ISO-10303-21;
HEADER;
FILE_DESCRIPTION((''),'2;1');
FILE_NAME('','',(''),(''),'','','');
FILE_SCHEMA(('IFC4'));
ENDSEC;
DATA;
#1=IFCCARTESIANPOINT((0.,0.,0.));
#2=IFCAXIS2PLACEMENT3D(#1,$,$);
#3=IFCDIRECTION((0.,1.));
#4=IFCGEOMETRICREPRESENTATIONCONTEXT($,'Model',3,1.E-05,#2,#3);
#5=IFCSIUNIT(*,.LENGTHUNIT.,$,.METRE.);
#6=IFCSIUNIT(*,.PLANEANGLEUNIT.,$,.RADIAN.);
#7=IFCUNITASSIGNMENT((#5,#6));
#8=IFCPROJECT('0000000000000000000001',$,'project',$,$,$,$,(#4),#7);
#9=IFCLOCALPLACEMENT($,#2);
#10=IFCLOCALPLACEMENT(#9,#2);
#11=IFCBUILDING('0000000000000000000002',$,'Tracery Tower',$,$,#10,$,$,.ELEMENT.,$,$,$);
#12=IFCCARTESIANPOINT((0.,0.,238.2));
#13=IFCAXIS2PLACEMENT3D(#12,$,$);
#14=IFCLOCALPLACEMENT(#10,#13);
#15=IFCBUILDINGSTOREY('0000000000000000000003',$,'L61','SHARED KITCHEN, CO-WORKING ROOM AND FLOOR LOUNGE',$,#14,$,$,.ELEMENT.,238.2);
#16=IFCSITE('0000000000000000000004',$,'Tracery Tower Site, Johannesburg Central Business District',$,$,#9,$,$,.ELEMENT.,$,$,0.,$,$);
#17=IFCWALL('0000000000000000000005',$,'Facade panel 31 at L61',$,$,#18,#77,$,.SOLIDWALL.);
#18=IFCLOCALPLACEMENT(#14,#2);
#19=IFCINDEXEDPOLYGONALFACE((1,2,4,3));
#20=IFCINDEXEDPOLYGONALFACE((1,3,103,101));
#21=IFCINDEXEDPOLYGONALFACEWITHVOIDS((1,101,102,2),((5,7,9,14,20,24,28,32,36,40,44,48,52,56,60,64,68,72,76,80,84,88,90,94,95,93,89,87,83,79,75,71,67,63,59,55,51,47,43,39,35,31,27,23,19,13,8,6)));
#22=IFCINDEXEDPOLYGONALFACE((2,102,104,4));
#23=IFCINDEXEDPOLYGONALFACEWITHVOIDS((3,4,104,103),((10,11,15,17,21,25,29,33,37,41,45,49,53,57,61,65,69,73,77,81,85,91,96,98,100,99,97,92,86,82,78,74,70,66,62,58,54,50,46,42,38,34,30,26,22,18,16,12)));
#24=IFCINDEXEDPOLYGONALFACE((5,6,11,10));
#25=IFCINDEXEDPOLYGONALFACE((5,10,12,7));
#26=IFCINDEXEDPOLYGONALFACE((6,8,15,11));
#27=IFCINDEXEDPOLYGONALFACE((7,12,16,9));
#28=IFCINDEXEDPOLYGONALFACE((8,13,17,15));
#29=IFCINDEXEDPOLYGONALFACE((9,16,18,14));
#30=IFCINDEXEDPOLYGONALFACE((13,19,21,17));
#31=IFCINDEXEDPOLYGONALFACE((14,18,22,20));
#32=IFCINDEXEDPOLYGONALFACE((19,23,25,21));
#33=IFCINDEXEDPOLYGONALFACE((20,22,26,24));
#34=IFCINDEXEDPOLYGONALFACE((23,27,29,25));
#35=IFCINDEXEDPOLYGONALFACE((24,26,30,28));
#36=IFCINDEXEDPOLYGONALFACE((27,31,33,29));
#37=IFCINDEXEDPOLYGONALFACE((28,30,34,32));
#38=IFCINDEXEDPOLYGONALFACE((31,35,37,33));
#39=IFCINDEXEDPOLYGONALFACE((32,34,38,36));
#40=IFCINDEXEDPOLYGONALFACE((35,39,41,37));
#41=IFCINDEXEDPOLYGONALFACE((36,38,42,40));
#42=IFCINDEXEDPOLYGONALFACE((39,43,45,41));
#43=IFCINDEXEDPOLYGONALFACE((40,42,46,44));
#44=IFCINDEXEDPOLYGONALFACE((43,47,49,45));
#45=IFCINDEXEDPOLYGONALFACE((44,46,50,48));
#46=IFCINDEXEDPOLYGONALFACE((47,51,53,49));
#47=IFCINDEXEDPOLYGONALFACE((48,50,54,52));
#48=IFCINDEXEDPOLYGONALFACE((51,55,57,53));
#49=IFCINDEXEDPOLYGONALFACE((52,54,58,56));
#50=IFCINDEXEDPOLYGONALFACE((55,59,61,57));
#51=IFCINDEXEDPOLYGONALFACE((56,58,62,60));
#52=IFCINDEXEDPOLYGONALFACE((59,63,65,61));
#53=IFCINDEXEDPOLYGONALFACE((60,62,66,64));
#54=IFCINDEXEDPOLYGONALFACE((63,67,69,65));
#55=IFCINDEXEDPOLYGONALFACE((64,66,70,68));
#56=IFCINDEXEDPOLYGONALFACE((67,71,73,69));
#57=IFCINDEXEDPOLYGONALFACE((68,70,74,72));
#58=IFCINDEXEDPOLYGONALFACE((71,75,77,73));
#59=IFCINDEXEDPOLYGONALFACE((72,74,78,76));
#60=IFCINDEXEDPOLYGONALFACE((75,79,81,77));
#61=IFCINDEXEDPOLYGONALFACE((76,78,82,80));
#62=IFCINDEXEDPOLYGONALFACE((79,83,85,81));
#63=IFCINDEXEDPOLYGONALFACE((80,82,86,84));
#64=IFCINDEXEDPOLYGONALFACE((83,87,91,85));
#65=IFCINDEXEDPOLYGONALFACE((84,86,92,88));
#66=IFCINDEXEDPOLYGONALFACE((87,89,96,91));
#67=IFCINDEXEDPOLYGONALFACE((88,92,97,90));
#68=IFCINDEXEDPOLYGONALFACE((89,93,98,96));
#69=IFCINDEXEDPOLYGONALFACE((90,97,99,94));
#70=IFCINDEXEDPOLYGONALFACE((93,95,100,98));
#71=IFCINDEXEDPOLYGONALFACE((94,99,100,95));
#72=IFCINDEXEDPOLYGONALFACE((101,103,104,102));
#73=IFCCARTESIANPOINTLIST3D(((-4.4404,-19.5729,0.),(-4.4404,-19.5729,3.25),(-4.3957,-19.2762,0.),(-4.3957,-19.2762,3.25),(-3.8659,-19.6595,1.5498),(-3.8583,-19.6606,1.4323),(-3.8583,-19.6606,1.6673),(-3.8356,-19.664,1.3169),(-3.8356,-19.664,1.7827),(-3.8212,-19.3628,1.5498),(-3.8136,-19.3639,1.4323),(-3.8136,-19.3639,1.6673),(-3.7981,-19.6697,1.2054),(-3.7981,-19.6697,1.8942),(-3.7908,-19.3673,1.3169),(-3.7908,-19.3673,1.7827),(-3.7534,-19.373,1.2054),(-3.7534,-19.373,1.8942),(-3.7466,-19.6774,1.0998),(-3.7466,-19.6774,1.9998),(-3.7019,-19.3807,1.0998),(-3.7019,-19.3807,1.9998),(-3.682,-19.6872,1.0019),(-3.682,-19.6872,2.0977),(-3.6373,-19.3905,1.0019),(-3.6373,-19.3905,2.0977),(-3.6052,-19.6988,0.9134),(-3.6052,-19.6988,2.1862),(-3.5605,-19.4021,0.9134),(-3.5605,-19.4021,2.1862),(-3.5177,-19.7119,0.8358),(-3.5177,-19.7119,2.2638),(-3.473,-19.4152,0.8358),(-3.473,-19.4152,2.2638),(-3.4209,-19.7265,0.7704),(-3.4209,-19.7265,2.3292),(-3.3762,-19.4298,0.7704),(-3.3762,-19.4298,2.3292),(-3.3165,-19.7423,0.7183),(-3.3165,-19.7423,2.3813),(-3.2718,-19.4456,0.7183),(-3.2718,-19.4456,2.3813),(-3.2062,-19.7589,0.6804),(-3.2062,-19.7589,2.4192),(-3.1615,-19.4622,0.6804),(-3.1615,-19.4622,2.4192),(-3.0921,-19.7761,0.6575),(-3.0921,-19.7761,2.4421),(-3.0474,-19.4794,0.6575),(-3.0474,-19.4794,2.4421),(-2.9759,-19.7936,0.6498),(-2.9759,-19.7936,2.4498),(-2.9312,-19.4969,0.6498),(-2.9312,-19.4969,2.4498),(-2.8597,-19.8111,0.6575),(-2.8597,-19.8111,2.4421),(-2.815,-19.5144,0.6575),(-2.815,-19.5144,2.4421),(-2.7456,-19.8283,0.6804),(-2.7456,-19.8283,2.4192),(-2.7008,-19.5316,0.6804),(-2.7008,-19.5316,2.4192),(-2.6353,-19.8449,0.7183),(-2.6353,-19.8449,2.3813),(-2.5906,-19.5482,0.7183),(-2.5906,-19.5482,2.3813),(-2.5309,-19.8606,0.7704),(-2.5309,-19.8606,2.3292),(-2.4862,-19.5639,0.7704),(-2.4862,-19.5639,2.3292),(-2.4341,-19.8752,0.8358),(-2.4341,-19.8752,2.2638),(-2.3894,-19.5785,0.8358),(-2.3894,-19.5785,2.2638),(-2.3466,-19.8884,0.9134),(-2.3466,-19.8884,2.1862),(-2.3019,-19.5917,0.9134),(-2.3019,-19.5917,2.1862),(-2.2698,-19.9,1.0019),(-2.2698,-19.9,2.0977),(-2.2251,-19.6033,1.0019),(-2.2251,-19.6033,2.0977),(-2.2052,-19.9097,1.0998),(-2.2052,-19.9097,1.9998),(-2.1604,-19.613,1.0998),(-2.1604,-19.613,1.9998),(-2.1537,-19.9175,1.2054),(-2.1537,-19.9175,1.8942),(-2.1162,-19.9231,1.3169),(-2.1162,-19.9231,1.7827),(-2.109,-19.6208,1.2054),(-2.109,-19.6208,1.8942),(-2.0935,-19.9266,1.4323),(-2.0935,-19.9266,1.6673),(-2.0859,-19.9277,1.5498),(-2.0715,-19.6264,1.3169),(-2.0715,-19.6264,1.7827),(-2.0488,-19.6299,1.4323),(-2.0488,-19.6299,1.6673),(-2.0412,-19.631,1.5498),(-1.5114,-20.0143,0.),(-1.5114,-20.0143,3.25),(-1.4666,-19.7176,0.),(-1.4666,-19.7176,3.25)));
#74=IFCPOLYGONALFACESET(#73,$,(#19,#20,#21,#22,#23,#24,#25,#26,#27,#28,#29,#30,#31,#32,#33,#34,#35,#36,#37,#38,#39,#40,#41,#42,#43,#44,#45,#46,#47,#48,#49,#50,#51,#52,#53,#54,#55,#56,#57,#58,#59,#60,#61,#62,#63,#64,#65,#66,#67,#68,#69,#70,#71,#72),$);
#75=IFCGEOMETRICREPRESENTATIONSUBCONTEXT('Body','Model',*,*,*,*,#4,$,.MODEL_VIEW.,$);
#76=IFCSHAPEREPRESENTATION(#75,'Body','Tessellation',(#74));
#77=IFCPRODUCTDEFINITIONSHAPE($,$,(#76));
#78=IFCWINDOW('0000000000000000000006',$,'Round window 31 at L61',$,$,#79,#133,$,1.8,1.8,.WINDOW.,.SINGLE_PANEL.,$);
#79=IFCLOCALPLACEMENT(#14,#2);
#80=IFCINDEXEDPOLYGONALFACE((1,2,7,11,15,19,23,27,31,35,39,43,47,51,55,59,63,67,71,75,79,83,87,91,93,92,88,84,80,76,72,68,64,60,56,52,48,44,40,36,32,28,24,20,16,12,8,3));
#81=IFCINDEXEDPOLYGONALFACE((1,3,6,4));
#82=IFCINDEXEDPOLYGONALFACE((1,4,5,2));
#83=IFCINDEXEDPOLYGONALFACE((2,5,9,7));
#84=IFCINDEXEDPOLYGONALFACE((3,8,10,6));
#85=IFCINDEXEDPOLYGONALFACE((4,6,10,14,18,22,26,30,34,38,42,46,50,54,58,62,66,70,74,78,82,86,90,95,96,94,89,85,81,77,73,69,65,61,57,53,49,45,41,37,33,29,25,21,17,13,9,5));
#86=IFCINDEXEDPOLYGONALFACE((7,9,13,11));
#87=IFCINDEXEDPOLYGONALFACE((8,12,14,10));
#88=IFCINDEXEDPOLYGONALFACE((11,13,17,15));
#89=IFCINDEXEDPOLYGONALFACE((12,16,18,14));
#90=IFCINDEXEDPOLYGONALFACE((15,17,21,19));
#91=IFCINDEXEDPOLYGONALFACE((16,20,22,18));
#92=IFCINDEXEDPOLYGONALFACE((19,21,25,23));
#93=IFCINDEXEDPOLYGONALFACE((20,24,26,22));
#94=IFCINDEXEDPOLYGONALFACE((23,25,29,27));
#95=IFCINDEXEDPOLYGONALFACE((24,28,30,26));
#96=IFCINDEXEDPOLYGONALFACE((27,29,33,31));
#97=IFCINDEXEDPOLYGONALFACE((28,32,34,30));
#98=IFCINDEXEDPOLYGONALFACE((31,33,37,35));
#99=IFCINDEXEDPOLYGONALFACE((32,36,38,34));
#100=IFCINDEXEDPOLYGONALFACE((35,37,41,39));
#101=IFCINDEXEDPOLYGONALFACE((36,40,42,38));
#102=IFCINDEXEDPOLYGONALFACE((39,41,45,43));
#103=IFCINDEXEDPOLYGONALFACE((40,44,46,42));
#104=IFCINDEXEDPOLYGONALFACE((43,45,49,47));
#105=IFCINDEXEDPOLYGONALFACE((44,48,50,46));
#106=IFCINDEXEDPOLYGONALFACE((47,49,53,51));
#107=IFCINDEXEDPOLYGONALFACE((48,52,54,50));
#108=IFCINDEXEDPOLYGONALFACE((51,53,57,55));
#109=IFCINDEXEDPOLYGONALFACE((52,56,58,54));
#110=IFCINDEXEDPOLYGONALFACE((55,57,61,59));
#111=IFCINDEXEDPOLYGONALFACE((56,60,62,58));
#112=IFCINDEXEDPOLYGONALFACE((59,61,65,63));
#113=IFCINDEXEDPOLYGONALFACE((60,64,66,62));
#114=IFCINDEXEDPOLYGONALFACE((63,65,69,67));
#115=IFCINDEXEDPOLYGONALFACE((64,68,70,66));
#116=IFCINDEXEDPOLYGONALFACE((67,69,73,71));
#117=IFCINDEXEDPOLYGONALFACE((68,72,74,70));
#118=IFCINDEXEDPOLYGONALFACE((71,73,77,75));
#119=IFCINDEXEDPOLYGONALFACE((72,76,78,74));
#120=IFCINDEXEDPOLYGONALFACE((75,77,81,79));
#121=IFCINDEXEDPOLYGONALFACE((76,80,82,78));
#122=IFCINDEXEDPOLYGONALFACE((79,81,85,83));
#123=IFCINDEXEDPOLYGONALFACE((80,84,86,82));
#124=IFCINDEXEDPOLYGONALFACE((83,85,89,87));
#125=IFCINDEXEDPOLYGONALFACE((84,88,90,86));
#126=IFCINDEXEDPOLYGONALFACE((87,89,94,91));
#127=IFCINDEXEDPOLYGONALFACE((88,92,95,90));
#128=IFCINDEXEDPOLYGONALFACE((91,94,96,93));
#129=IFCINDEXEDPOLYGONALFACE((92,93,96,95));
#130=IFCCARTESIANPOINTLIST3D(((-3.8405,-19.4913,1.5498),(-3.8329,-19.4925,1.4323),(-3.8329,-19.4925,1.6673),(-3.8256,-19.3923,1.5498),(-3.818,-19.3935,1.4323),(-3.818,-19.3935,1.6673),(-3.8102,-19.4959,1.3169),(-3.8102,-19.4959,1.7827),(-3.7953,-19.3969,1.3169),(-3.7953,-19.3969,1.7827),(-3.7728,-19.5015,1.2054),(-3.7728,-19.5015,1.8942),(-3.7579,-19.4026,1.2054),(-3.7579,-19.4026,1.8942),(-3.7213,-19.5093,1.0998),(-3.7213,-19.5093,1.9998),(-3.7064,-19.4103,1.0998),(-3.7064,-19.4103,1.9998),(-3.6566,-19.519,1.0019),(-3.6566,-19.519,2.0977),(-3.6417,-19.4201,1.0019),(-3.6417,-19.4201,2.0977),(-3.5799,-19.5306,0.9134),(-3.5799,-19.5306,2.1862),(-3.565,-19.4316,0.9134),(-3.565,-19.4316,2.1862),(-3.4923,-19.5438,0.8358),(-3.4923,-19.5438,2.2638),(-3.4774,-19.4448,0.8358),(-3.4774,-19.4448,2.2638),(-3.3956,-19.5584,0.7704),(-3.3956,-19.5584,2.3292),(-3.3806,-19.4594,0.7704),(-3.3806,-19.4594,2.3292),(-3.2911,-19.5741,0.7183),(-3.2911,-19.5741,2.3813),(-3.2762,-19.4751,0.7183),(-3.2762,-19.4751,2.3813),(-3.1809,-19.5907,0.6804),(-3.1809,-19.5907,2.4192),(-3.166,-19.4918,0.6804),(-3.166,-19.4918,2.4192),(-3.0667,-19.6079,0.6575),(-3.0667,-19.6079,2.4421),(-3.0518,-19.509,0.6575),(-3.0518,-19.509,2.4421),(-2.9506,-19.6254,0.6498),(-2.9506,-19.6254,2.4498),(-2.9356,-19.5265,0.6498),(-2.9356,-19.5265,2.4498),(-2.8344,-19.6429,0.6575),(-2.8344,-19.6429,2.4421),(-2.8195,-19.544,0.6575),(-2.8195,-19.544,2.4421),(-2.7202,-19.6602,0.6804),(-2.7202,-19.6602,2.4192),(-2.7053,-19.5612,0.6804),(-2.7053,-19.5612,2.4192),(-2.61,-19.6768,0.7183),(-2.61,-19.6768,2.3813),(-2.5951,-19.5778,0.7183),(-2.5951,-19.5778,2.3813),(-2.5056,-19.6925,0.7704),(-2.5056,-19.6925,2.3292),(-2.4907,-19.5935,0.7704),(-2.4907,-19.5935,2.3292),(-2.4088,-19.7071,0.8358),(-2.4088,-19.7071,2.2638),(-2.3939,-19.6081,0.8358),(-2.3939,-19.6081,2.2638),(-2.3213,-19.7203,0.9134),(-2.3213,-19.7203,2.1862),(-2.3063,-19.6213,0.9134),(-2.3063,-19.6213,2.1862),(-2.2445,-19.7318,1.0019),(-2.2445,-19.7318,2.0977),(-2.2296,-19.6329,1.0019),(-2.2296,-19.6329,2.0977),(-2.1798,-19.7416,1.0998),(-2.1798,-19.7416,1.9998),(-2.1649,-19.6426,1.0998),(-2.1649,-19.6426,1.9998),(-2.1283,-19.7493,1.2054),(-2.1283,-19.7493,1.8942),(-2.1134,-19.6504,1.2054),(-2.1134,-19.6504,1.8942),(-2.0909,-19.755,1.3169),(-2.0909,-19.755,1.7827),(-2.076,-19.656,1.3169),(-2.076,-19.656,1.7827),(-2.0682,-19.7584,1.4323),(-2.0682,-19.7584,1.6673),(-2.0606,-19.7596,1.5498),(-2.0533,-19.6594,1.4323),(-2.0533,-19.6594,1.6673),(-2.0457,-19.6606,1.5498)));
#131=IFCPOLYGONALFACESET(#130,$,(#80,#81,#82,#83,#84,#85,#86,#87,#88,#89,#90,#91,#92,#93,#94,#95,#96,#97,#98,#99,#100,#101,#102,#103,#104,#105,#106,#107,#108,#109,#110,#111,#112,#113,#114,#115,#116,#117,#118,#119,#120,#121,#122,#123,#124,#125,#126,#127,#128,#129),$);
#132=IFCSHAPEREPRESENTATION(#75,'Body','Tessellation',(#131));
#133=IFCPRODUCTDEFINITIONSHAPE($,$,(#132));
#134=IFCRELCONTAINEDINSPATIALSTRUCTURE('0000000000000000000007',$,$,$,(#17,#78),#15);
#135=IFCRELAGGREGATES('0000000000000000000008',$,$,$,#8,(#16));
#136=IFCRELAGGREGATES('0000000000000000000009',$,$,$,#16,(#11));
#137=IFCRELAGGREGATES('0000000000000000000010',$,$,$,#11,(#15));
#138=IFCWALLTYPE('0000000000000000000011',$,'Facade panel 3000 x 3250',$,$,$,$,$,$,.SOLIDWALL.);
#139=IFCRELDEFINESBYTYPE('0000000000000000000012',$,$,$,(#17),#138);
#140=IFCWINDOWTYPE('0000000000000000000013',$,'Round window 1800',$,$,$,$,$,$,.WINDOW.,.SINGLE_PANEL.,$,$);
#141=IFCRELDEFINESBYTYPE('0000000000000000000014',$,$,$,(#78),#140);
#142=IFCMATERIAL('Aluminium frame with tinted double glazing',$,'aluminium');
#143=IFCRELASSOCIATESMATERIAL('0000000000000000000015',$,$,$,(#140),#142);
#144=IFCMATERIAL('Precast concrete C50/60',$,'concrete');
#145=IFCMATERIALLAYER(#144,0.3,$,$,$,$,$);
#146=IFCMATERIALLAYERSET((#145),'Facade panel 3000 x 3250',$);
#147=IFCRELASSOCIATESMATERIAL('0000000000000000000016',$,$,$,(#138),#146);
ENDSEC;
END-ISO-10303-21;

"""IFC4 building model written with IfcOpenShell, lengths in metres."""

from ifc_helpers import new_model, si_unit, direction, frame, frame_2d, origin, origin_2d, place, context, subcontext, project, spatial, rectangle, circle, extrude, material, layer, layer_set, type_object, element, fill, save


model = new_model("IFC4")

# Units and contexts
model_context = context("Model", 3, precision=1e-05, world=origin(), true_north=direction((0.0, 1.0)))
body_context = subcontext(model_context, "Body", "Model", "MODEL_VIEW")
ifc_project = project(units=[si_unit("LENGTHUNIT", "METRE"), si_unit("PLANEANGLEUNIT", "RADIAN")], contexts=[model_context])

# Site, building, storey
site_placement = place(None, origin())
site = spatial("IfcSite", under=ifc_project, at=site_placement, Name="Tracery Tower Site, Johannesburg Central Business District", CompositionType="ELEMENT", RefElevation=0.0)
building_placement = place(site_placement, origin())
building = spatial("IfcBuilding", under=site, at=building_placement, Name="Tracery Tower", CompositionType="ELEMENT")
storey_placement = place(building_placement, frame((0.0, 0.0, 238.2)))
storey = spatial("IfcBuildingStorey", under=building, at=storey_placement, Name="L61", Description="SHARED KITCHEN, CO-WORKING ROOM AND FLOOR LOUNGE", CompositionType="ELEMENT", Elevation=238.2)

# Wall, opening, window
ifc_material_1 = material(Name="Aluminium frame with tinted double glazing", Category="aluminium")
window_type = type_object("IfcWindowType", Name="Round window 1800", PartitioningType="SINGLE_PANEL", PredefinedType="WINDOW", material=ifc_material_1)
ifc_material_2 = material(Name="Precast concrete C50/60", Category="concrete")
ifc_layer_1 = layer(ifc_material_2, 0.3)
ifc_layer_set_1 = layer_set([ifc_layer_1], Name="Facade panel 3000 x 3250")
wall_type_1 = type_object("IfcWallType", Name="Facade panel 3000 x 3250", PredefinedType="SOLIDWALL", material=ifc_layer_set_1)
wall_1_placement = place(storey_placement, frame((-4.418, -19.4246, 0.0), z_axis=(0.0, 0.0, 1.0), x_axis=(0.988836, -0.149009, 0.0)))
wall_1 = element("IfcWall", 1, at=wall_1_placement, inside=storey, type_object=wall_type_1, Name="Facade panel 31 at L61", PredefinedType="SOLIDWALL", context=body_context, shape_type="SweptSolid", body=[
    extrude(rectangle(XDim=2.9622, YDim=0.3, at=frame_2d((1.481, 0.0))), origin(), (0.0, 0.0, 1.0), 3.25),
])
opening_1_placement = place(wall_1_placement, frame((1.481, 0.0, 1.5498)))
opening_1 = element("IfcOpeningElement", 2, at=opening_1_placement, cuts=wall_1, PredefinedType="OPENING", context=body_context, shape_type="SweptSolid", body=[
    extrude(circle(Radius=0.9, at=origin_2d()), frame((0.0, 0.1599, 0.0), z_axis=(0.0, -1.0, 0.0), x_axis=(1.0, 0.0, 0.0)), (0.0, 0.0, 1.0), 0.3201),
])
window_1_placement = place(opening_1_placement, origin())
window_1 = element("IfcWindow", 3, at=window_1_placement, inside=storey, type_object=window_type, Name="Round window 31 at L61", OverallHeight=1.8, OverallWidth=1.8, PartitioningType="SINGLE_PANEL", PredefinedType="WINDOW", context=body_context, shape_type="SweptSolid", body=[
    extrude(circle(Radius=0.9, at=origin_2d()), frame((0.0, 0.1201, 0.0), z_axis=(0.0, -1.0, 0.0), x_axis=(1.0, 0.0, 0.0)), (0.0, 0.0, 1.0), 0.1001),
])
fill(opening_1, window_1)

save(model, "model.ifc")
